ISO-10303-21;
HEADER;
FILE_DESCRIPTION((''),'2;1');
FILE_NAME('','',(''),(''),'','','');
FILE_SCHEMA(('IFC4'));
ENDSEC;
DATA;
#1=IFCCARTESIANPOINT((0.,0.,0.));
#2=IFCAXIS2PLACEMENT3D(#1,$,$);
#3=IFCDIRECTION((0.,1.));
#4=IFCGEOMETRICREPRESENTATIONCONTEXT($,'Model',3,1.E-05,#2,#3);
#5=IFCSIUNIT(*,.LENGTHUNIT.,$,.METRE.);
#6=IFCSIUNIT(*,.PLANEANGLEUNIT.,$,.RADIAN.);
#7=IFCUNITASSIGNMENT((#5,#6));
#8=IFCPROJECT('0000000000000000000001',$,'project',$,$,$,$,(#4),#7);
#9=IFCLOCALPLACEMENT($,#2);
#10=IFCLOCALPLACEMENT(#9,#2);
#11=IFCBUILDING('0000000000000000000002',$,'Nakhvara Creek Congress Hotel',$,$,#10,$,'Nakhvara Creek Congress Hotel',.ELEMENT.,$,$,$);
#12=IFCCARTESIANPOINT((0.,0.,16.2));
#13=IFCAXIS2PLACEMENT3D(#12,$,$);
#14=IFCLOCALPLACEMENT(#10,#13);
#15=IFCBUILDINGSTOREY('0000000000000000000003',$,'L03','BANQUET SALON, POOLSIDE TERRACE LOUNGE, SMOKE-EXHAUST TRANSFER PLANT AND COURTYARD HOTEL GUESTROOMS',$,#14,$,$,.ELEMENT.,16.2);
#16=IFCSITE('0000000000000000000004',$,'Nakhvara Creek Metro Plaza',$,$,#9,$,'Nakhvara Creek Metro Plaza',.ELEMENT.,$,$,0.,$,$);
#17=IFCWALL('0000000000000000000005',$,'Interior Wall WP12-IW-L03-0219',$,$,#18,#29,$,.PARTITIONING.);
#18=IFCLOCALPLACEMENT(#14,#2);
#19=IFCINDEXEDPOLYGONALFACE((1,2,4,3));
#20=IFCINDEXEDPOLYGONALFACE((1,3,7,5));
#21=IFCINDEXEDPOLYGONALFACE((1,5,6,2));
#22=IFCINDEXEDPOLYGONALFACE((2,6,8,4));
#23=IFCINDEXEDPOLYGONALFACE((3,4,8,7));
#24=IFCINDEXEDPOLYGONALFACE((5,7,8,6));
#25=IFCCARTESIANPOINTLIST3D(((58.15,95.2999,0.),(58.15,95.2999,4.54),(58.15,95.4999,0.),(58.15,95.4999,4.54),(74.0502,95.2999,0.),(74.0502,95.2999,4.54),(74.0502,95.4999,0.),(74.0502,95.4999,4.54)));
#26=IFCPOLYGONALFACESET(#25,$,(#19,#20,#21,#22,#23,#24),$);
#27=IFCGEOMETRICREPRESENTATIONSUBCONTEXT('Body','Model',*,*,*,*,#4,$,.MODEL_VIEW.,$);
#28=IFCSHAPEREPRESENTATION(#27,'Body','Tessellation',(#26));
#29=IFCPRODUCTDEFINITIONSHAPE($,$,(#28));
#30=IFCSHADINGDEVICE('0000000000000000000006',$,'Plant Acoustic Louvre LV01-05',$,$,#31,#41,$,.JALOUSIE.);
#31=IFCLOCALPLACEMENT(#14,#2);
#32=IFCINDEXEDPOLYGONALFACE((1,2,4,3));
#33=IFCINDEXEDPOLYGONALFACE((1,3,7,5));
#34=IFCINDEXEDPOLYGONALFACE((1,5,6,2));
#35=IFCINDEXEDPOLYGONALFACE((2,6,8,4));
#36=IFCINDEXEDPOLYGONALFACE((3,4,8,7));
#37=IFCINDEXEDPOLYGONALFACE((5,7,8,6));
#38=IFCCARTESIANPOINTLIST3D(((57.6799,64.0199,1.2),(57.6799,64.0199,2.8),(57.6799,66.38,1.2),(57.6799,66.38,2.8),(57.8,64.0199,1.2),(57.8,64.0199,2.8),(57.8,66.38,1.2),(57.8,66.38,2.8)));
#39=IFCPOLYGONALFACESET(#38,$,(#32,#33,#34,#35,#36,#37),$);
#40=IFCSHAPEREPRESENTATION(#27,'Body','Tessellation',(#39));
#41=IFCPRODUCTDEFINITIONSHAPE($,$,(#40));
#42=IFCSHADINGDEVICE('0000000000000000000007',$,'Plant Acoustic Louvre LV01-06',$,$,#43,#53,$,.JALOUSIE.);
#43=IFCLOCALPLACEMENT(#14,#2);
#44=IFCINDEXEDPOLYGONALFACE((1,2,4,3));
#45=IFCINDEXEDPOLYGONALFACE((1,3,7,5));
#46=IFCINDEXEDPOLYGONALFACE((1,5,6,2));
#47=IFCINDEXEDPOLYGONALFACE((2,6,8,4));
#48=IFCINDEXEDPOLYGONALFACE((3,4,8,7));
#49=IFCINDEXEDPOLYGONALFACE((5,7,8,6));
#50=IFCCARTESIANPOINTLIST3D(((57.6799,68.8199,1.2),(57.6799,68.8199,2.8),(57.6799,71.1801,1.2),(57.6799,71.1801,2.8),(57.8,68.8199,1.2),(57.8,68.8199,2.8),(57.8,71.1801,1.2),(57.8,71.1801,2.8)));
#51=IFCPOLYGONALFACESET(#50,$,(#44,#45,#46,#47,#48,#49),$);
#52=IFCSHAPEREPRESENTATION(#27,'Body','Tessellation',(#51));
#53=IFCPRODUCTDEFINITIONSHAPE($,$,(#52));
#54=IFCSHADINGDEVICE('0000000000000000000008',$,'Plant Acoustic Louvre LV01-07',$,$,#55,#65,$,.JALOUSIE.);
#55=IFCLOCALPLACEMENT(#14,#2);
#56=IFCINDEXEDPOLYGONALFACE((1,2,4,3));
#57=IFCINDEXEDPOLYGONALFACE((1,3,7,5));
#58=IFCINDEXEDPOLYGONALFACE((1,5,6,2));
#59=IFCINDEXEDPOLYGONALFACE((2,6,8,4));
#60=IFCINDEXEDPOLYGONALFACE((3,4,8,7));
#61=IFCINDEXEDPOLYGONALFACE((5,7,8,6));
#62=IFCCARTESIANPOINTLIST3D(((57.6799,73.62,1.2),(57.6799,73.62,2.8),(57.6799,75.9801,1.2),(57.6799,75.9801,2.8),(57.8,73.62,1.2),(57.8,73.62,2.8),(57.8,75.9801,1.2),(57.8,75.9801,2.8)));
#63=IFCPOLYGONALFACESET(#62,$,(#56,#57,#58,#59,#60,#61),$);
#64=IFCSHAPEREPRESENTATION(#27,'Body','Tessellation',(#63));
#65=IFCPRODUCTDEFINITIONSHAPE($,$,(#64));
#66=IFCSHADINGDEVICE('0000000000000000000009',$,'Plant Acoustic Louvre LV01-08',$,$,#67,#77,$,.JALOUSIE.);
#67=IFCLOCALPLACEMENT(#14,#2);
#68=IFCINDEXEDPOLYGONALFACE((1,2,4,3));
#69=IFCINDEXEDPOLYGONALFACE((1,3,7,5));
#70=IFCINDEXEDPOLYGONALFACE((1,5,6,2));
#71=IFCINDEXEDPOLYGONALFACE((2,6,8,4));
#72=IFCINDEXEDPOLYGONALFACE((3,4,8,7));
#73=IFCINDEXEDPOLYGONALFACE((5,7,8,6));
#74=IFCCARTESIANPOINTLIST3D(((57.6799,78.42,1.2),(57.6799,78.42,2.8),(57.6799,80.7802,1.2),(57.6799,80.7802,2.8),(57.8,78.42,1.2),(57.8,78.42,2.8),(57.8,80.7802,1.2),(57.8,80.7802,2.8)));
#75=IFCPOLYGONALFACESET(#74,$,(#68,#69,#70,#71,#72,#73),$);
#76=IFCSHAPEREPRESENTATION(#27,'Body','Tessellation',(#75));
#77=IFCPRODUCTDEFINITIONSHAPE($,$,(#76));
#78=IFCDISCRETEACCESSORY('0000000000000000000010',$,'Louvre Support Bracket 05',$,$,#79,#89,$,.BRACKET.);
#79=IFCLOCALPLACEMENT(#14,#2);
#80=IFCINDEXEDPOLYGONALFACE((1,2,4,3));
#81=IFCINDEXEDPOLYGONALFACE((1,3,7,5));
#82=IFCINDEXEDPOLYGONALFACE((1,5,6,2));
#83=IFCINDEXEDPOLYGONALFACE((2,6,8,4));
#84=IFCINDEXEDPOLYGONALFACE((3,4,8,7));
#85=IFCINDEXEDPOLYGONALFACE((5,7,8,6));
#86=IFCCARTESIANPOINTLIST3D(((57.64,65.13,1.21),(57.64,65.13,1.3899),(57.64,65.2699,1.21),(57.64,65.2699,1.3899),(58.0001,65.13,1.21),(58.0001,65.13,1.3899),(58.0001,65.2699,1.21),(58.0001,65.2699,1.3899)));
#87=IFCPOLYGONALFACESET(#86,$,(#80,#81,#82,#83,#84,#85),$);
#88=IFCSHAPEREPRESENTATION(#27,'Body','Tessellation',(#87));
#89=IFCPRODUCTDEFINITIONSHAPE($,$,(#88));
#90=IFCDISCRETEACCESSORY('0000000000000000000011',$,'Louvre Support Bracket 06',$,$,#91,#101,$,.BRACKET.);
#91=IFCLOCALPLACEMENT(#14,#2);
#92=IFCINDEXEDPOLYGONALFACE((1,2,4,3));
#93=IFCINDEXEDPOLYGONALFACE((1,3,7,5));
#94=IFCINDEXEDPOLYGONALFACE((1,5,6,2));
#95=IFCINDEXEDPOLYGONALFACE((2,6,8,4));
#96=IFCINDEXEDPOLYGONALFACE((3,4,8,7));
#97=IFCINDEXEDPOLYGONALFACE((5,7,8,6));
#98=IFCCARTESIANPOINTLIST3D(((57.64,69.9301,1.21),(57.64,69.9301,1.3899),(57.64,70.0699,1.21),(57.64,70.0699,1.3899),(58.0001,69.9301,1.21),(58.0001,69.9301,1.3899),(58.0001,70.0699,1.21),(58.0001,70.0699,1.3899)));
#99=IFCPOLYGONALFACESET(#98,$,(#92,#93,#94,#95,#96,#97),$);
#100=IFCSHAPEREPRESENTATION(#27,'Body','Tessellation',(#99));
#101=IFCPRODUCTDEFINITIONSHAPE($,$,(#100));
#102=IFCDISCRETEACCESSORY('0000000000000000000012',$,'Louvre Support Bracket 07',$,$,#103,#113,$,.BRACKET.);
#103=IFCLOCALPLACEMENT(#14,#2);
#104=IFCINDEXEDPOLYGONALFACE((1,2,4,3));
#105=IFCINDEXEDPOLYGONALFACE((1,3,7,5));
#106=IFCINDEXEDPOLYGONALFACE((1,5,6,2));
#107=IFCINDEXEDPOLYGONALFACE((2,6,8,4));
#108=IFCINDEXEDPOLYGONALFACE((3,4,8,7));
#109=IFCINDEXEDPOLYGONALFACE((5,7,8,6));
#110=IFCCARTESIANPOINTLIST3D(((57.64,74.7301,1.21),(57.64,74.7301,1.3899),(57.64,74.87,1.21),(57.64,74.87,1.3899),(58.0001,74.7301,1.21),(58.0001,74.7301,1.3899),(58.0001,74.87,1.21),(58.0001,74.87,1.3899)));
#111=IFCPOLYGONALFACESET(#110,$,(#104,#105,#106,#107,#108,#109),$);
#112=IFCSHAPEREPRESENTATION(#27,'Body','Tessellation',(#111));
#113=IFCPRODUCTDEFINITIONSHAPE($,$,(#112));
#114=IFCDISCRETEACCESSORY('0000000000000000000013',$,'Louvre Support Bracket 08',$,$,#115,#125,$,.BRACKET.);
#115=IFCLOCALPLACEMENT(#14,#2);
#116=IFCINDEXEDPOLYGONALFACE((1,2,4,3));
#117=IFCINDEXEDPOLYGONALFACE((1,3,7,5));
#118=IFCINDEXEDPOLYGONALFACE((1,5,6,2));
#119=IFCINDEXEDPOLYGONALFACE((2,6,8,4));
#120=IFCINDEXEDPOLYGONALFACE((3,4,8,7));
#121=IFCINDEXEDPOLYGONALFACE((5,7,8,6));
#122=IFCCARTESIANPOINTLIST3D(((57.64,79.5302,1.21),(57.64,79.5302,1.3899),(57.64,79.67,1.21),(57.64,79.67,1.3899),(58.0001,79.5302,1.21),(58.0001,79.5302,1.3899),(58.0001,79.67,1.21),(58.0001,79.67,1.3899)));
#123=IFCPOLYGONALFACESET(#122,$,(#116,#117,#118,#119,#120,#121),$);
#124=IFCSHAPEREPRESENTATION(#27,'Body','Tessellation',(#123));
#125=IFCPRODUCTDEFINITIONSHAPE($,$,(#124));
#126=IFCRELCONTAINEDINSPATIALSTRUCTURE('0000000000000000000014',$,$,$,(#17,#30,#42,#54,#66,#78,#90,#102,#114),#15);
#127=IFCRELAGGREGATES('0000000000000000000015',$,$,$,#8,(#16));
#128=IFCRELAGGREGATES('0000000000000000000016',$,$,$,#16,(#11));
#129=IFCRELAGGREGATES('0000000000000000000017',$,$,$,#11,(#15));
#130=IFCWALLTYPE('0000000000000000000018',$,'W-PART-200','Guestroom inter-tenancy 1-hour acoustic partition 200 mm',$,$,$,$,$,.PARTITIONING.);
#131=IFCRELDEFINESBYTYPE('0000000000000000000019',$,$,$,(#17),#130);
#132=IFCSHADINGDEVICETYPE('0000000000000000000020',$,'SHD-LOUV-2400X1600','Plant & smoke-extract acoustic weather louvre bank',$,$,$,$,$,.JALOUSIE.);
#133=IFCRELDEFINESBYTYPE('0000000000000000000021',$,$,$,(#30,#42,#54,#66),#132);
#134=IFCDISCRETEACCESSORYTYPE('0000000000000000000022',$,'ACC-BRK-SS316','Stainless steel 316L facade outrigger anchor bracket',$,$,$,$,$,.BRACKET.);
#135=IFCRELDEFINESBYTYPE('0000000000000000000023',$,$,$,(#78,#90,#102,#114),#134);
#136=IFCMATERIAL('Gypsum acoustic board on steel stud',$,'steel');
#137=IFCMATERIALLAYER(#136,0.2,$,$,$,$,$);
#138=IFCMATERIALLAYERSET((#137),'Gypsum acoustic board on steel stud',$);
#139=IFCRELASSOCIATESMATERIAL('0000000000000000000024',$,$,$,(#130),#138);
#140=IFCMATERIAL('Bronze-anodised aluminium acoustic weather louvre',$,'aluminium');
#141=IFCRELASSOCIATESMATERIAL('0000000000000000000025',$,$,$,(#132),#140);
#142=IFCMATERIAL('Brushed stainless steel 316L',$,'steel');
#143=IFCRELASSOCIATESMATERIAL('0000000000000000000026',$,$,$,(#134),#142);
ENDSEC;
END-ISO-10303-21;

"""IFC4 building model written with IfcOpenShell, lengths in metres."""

from ifc_helpers import new_model, si_unit, direction, frame, frame_2d, origin, origin_2d, place, context, subcontext, project, spatial, rectangle, extrude, material, layer, layer_set, type_object, element, save


model = new_model("IFC4")

# Units and contexts
model_context = context("Model", 3, precision=1e-05, world=origin(), true_north=direction((0.0, 1.0)))
body_context = subcontext(model_context, "Body", "Model", "MODEL_VIEW")
ifc_project = project(units=[si_unit("LENGTHUNIT", "METRE"), si_unit("PLANEANGLEUNIT", "RADIAN")], contexts=[model_context])

# Site, building, storey
site_placement = place(None, origin())
site = spatial("IfcSite", under=ifc_project, at=site_placement, Name="Nakhvara Creek Metro Plaza", LongName="Nakhvara Creek Metro Plaza", CompositionType="ELEMENT", RefElevation=0.0)
building_placement = place(site_placement, origin())
building = spatial("IfcBuilding", under=site, at=building_placement, Name="Nakhvara Creek Congress Hotel", LongName="Nakhvara Creek Congress Hotel", CompositionType="ELEMENT")
storey_placement = place(building_placement, frame((0.0, 0.0, 16.2)))
storey = spatial("IfcBuildingStorey", under=building, at=storey_placement, Name="L03", Description="BANQUET SALON, POOLSIDE TERRACE LOUNGE, SMOKE-EXHAUST TRANSFER PLANT AND COURTYARD HOTEL GUESTROOMS", CompositionType="ELEMENT", Elevation=16.2)

# Wall
ifc_material_1 = material(Name="Gypsum acoustic board on steel stud", Category="steel")
ifc_layer_1 = layer(ifc_material_1, 0.2)
ifc_layer_set_1 = layer_set([ifc_layer_1], Name="Gypsum acoustic board on steel stud")
wall_type = type_object("IfcWallType", Name="W-PART-200", Description="Guestroom inter-tenancy 1-hour acoustic partition 200 mm", PredefinedType="PARTITIONING", material=ifc_layer_set_1)
wall_placement = place(storey_placement, frame((58.1499, 95.3999, 0.0), z_axis=(0.0, 0.0, 1.0), x_axis=(1.0, 0.0, 0.0)))
element("IfcWall", 1, at=wall_placement, inside=storey, type_object=wall_type, Name="Interior Wall WP12-IW-L03-0219", PredefinedType="PARTITIONING", context=body_context, shape_type="SweptSolid", body=[
    extrude(rectangle(XDim=15.9001, YDim=0.2, at=frame_2d((7.9502, 0.0))), origin(), (0.0, 0.0, 1.0), 4.54),
])

# Shading devices
ifc_material_2 = material(Name="Bronze-anodised aluminium acoustic weather louvre", Category="aluminium")
shading_device_type = type_object("IfcShadingDeviceType", Name="SHD-LOUV-2400X1600", Description="Plant & smoke-extract acoustic weather louvre bank", PredefinedType="JALOUSIE", material=ifc_material_2)
for number, where, z_axis, x_axis, name in (
    (2, (57.74, 65.2, 1.2), (0.0, 0.0, 1.0), (0.0, 1.0, 0.0), "Plant Acoustic Louvre LV01-05"),
    (3, (57.74, 70.0, 1.2), (0.0, 0.0, 1.0), (0.0, 1.0, 0.0), "Plant Acoustic Louvre LV01-06"),
    (4, (57.74, 74.8, 1.2), (0.0, 0.0, 1.0), (0.0, 1.0, 0.0), "Plant Acoustic Louvre LV01-07"),
    (5, (57.74, 79.6001, 1.2), (0.0, 0.0, 1.0), (0.0, 1.0, 0.0), "Plant Acoustic Louvre LV01-08"),
):
    element("IfcShadingDevice", number, at=place(storey_placement, frame(where, z_axis=z_axis, x_axis=x_axis)), inside=storey, type_object=shading_device_type, Name=name, PredefinedType="JALOUSIE", context=body_context, shape_type="SweptSolid", body=[
        extrude(rectangle(XDim=2.3601, YDim=0.1201, at=origin_2d()), origin(), (0.0, 0.0, 1.0), 1.6001),
    ])

# Discrete accessories
ifc_material_3 = material(Name="Brushed stainless steel 316L", Category="steel")
discrete_accessory_type = type_object("IfcDiscreteAccessoryType", Name="ACC-BRK-SS316", Description="Stainless steel 316L facade outrigger anchor bracket", PredefinedType="BRACKET", material=ifc_material_3)
for number, where, z_axis, x_axis, name in (
    (6, (57.8201, 65.2, 1.21), (0.0, 0.0, 1.0), (0.0, 1.0, 0.0), "Louvre Support Bracket 05"),
    (7, (57.8201, 70.0, 1.21), (0.0, 0.0, 1.0), (0.0, 1.0, 0.0), "Louvre Support Bracket 06"),
    (8, (57.8201, 74.8, 1.21), (0.0, 0.0, 1.0), (0.0, 1.0, 0.0), "Louvre Support Bracket 07"),
    (9, (57.8201, 79.6001, 1.21), (0.0, 0.0, 1.0), (0.0, 1.0, 0.0), "Louvre Support Bracket 08"),
):
    element("IfcDiscreteAccessory", number, at=place(storey_placement, frame(where, z_axis=z_axis, x_axis=x_axis)), inside=storey, type_object=discrete_accessory_type, Name=name, PredefinedType="BRACKET", context=body_context, shape_type="SweptSolid", body=[
        extrude(rectangle(XDim=0.1399, YDim=0.3601, at=origin_2d()), origin(), (0.0, 0.0, 1.0), 0.1799),
    ])

save(model, "model.ifc")
